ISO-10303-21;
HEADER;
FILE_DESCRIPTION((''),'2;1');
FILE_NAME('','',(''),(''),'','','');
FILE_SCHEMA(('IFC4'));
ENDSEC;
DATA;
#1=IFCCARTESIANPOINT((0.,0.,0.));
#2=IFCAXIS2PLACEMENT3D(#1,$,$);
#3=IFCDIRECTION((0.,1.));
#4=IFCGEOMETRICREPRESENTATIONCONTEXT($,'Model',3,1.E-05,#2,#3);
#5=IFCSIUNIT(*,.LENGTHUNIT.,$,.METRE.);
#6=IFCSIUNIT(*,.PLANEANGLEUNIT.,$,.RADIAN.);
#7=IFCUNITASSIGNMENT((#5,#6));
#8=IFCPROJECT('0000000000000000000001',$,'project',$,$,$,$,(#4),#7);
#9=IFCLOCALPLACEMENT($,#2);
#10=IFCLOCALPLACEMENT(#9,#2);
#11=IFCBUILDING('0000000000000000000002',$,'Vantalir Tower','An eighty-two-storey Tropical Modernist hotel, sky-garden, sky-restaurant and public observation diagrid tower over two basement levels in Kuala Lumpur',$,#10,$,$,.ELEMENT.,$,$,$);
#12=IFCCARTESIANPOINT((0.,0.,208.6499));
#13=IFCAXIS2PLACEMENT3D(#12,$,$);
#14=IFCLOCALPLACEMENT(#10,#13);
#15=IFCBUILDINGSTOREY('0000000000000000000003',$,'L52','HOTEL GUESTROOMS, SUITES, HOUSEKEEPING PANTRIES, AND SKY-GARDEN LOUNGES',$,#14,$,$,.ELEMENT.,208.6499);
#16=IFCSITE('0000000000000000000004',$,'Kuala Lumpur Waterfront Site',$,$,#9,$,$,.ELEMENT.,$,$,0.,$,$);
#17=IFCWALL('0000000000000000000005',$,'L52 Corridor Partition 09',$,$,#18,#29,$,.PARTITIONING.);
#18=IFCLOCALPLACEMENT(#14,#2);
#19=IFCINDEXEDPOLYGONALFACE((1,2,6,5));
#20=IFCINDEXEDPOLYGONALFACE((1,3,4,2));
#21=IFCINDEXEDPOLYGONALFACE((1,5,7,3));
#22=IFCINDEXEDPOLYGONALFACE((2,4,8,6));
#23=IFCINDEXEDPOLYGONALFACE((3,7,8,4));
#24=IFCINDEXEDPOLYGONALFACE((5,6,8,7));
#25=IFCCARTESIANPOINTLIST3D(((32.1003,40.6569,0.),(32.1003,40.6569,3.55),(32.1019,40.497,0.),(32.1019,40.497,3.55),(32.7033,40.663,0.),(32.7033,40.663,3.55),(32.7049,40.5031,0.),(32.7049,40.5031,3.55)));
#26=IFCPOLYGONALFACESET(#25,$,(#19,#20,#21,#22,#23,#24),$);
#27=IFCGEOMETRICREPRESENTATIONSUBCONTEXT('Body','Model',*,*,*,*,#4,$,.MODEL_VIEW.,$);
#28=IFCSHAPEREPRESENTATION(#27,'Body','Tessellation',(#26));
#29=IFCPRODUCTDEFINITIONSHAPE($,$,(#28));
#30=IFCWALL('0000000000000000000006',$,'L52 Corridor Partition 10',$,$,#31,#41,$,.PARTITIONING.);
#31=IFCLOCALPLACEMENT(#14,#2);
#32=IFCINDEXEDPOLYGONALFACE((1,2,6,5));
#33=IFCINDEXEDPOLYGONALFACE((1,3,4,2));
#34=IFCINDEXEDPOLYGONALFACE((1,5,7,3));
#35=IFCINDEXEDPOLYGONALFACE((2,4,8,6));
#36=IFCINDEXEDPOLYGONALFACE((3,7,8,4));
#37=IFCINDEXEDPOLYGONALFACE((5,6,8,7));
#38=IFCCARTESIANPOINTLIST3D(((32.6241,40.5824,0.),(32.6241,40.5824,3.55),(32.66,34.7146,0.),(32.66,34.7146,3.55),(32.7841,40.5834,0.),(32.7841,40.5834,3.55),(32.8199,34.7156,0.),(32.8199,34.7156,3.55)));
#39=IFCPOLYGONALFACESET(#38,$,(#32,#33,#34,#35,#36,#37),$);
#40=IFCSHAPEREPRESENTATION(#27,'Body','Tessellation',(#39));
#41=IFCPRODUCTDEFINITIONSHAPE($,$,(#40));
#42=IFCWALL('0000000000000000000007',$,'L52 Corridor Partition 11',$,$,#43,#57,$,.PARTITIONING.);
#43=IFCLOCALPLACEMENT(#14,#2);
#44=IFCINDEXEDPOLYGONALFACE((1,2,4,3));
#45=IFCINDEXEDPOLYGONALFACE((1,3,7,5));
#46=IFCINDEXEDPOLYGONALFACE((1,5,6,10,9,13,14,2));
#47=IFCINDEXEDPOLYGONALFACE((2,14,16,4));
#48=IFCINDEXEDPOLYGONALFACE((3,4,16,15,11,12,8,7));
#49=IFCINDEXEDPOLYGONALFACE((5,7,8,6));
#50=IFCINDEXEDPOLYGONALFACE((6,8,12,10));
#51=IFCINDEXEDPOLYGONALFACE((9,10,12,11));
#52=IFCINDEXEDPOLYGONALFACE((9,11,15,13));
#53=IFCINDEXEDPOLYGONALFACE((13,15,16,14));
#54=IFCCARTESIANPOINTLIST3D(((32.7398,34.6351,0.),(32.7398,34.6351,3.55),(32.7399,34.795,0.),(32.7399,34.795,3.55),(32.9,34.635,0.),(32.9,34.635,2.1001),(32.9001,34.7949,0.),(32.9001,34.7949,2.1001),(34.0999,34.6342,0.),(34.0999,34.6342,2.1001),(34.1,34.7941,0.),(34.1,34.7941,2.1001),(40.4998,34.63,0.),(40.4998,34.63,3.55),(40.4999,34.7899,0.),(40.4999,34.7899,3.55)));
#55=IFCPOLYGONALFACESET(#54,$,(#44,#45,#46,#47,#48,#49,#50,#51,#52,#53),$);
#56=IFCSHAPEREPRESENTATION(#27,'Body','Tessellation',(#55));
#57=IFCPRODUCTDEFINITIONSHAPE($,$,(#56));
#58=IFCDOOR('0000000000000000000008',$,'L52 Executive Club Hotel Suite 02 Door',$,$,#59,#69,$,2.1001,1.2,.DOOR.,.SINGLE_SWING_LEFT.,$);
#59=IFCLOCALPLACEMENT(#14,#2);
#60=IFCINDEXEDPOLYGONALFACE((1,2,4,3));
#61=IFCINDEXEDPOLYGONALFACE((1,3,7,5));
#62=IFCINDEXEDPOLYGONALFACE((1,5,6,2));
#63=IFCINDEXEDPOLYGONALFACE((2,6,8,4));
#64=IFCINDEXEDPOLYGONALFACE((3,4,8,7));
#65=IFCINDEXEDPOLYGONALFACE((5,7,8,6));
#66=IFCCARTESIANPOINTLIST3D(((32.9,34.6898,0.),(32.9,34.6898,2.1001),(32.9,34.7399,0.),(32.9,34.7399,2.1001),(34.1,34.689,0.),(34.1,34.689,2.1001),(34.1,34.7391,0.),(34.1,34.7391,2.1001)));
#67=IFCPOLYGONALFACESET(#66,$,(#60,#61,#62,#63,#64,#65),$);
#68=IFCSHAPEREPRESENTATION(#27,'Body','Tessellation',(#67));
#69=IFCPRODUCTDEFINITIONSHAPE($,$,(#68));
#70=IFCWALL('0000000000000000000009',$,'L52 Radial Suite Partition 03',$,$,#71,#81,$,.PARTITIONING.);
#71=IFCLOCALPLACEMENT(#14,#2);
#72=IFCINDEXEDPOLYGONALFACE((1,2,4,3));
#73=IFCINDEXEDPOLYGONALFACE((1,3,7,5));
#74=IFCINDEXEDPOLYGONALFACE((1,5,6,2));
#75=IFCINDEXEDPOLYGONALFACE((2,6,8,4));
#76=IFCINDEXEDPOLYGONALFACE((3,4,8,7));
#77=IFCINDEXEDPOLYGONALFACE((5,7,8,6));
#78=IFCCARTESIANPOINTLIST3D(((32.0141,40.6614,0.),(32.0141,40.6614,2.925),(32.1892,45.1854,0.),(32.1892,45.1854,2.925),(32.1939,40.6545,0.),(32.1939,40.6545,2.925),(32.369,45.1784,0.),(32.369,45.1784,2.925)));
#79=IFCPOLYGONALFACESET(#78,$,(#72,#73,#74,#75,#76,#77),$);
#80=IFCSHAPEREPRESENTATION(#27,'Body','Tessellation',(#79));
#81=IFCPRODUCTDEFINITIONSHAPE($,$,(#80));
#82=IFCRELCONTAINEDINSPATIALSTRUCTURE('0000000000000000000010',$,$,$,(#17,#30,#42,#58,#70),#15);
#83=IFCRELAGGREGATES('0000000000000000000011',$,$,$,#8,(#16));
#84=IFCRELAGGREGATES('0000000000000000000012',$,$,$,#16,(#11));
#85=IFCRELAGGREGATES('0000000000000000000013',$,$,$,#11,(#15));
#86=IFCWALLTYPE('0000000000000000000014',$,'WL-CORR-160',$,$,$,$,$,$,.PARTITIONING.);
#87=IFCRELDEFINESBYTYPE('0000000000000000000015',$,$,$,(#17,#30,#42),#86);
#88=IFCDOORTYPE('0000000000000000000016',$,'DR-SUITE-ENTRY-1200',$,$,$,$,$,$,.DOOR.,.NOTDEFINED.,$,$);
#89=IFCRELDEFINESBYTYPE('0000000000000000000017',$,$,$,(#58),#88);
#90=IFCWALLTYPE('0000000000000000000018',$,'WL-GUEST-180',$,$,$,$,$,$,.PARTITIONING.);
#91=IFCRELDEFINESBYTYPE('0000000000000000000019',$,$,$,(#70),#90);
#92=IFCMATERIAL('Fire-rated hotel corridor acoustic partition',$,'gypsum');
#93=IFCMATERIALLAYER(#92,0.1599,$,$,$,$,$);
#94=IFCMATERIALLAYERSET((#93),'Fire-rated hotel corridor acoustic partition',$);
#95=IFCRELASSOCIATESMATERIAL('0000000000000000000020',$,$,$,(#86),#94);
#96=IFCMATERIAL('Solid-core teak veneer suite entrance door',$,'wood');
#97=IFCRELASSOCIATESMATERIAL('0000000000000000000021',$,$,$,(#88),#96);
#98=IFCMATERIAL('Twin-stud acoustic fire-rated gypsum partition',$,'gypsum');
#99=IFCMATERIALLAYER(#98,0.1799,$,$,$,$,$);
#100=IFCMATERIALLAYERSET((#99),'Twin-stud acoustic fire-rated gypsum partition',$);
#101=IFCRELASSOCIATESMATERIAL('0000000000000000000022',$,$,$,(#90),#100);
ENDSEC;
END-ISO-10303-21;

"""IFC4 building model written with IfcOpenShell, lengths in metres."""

from ifc_helpers import new_model, si_unit, direction, frame, frame_2d, origin, place, context, subcontext, project, spatial, rectangle, extrude, material, layer, layer_set, type_object, element, fill, save


model = new_model("IFC4")

# Units and contexts
model_context = context("Model", 3, precision=1e-05, world=origin(), true_north=direction((0.0, 1.0)))
body_context = subcontext(model_context, "Body", "Model", "MODEL_VIEW")
ifc_project = project(units=[si_unit("LENGTHUNIT", "METRE"), si_unit("PLANEANGLEUNIT", "RADIAN")], contexts=[model_context])

# Site, building, storey
site_placement = place(None, origin())
site = spatial("IfcSite", under=ifc_project, at=site_placement, Name="Kuala Lumpur Waterfront Site", CompositionType="ELEMENT", RefElevation=0.0)
building_placement = place(site_placement, origin())
building = spatial("IfcBuilding", under=site, at=building_placement, Name="Vantalir Tower", Description="An eighty-two-storey Tropical Modernist hotel, sky-garden, sky-restaurant and public observation diagrid tower over two basement levels in Kuala Lumpur", CompositionType="ELEMENT")
storey_placement = place(building_placement, frame((0.0, 0.0, 208.6499)))
storey = spatial("IfcBuildingStorey", under=building, at=storey_placement, Name="L52", Description="HOTEL GUESTROOMS, SUITES, HOUSEKEEPING PANTRIES, AND SKY-GARDEN LOUNGES", CompositionType="ELEMENT", Elevation=208.6499)

# Walls
ifc_material_1 = material(Name="Fire-rated hotel corridor acoustic partition", Category="gypsum")
ifc_layer_1 = layer(ifc_material_1, 0.1599)
ifc_layer_set_1 = layer_set([ifc_layer_1], Name="Fire-rated hotel corridor acoustic partition")
wall_type_1 = type_object("IfcWallType", Name="WL-CORR-160", PredefinedType="PARTITIONING", material=ifc_layer_set_1)
wall_1_placement = place(storey_placement, frame((32.1011, 40.5769, 0.0), z_axis=(0.0, 0.0, 1.0), x_axis=(0.999949, 0.010121, 0.0)))
element("IfcWall", 1, at=wall_1_placement, inside=storey, type_object=wall_type_1, Name="L52 Corridor Partition 09", PredefinedType="PARTITIONING", context=body_context, shape_type="SweptSolid", body=[
    extrude(rectangle(XDim=0.603, YDim=0.1599, at=frame_2d((0.3015, 0.0))), origin(), (0.0, 0.0, 1.0), 3.55),
])
wall_2_placement = place(storey_placement, frame((32.7041, 40.583, 0.0), z_axis=(0.0, 0.0, 1.0), x_axis=(0.006116, -0.999981, 0.0)))
element("IfcWall", 2, at=wall_2_placement, inside=storey, type_object=wall_type_1, Name="L52 Corridor Partition 10", PredefinedType="PARTITIONING", context=body_context, shape_type="SweptSolid", body=[
    extrude(rectangle(XDim=5.8679, YDim=0.1599, at=frame_2d((2.9341, 0.0))), origin(), (0.0, 0.0, 1.0), 3.55),
])

# Wall, opening, door
wall_3_placement = place(storey_placement, frame((32.74, 34.7151, 0.0), z_axis=(0.0, 0.0, 1.0), x_axis=(1.0, -0.000661, 0.0)))
wall_3 = element("IfcWall", 3, at=wall_3_placement, inside=storey, type_object=wall_type_1, Name="L52 Corridor Partition 11", PredefinedType="PARTITIONING", context=body_context, shape_type="SweptSolid", body=[
    extrude(rectangle(XDim=7.76, YDim=0.1599, at=frame_2d((3.8799, 0.0))), origin(), (0.0, 0.0, 1.0), 3.55),
])
opening_1_placement = place(wall_3_placement, frame((0.1599, 0.0, 0.0)))
opening_1 = element("IfcOpeningElement", 4, at=opening_1_placement, cuts=wall_3, PredefinedType="OPENING", context=body_context, shape_type="SweptSolid", body=[
    extrude(rectangle(XDim=1.2, YDim=2.1001, at=frame_2d((0.6001, 1.05))), frame((0.0, 0.0898, 0.0), z_axis=(0.0, -1.0, 0.0), x_axis=(1.0, 0.0, 0.0)), (0.0, 0.0, 1.0), 0.1799),
])
ifc_material_2 = material(Name="Solid-core teak veneer suite entrance door", Category="wood")
door_type_1 = type_object("IfcDoorType", Name="DR-SUITE-ENTRY-1200", OperationType="NOTDEFINED", PredefinedType="DOOR", material=ifc_material_2)
door_1_placement = place(opening_1_placement, origin())
door_1 = element("IfcDoor", 5, at=door_1_placement, inside=storey, type_object=door_type_1, Name="L52 Executive Club Hotel Suite 02 Door", OperationType="SINGLE_SWING_LEFT", OverallHeight=2.1001, OverallWidth=1.2, PredefinedType="DOOR", context=body_context, shape_type="SweptSolid", body=[
    extrude(rectangle(XDim=1.2, YDim=2.1001, at=frame_2d((0.6001, 1.05))), frame((0.0, 0.0249, 0.0), z_axis=(0.0, -1.0, 0.0), x_axis=(1.0, 0.0, 0.0)), (0.0, 0.0, 1.0), 0.05),
])
fill(opening_1, door_1)

# Wall
ifc_material_3 = material(Name="Twin-stud acoustic fire-rated gypsum partition", Category="gypsum")
ifc_layer_2 = layer(ifc_material_3, 0.1799)
ifc_layer_set_2 = layer_set([ifc_layer_2], Name="Twin-stud acoustic fire-rated gypsum partition")
wall_type_2 = type_object("IfcWallType", Name="WL-GUEST-180", PredefinedType="PARTITIONING", material=ifc_layer_set_2)
wall_4_placement = place(storey_placement, frame((32.104, 40.658, 0.0), z_axis=(0.0, 0.0, 1.0), x_axis=(0.038665, 0.999252, 0.0)))
element("IfcWall", 6, at=wall_4_placement, inside=storey, type_object=wall_type_2, Name="L52 Radial Suite Partition 03", PredefinedType="PARTITIONING", context=body_context, shape_type="SweptSolid", body=[
    extrude(rectangle(XDim=4.5273, YDim=0.1799, at=frame_2d((2.2637, 0.0))), origin(), (0.0, 0.0, 1.0), 2.925),
])

save(model, "model.ifc")
